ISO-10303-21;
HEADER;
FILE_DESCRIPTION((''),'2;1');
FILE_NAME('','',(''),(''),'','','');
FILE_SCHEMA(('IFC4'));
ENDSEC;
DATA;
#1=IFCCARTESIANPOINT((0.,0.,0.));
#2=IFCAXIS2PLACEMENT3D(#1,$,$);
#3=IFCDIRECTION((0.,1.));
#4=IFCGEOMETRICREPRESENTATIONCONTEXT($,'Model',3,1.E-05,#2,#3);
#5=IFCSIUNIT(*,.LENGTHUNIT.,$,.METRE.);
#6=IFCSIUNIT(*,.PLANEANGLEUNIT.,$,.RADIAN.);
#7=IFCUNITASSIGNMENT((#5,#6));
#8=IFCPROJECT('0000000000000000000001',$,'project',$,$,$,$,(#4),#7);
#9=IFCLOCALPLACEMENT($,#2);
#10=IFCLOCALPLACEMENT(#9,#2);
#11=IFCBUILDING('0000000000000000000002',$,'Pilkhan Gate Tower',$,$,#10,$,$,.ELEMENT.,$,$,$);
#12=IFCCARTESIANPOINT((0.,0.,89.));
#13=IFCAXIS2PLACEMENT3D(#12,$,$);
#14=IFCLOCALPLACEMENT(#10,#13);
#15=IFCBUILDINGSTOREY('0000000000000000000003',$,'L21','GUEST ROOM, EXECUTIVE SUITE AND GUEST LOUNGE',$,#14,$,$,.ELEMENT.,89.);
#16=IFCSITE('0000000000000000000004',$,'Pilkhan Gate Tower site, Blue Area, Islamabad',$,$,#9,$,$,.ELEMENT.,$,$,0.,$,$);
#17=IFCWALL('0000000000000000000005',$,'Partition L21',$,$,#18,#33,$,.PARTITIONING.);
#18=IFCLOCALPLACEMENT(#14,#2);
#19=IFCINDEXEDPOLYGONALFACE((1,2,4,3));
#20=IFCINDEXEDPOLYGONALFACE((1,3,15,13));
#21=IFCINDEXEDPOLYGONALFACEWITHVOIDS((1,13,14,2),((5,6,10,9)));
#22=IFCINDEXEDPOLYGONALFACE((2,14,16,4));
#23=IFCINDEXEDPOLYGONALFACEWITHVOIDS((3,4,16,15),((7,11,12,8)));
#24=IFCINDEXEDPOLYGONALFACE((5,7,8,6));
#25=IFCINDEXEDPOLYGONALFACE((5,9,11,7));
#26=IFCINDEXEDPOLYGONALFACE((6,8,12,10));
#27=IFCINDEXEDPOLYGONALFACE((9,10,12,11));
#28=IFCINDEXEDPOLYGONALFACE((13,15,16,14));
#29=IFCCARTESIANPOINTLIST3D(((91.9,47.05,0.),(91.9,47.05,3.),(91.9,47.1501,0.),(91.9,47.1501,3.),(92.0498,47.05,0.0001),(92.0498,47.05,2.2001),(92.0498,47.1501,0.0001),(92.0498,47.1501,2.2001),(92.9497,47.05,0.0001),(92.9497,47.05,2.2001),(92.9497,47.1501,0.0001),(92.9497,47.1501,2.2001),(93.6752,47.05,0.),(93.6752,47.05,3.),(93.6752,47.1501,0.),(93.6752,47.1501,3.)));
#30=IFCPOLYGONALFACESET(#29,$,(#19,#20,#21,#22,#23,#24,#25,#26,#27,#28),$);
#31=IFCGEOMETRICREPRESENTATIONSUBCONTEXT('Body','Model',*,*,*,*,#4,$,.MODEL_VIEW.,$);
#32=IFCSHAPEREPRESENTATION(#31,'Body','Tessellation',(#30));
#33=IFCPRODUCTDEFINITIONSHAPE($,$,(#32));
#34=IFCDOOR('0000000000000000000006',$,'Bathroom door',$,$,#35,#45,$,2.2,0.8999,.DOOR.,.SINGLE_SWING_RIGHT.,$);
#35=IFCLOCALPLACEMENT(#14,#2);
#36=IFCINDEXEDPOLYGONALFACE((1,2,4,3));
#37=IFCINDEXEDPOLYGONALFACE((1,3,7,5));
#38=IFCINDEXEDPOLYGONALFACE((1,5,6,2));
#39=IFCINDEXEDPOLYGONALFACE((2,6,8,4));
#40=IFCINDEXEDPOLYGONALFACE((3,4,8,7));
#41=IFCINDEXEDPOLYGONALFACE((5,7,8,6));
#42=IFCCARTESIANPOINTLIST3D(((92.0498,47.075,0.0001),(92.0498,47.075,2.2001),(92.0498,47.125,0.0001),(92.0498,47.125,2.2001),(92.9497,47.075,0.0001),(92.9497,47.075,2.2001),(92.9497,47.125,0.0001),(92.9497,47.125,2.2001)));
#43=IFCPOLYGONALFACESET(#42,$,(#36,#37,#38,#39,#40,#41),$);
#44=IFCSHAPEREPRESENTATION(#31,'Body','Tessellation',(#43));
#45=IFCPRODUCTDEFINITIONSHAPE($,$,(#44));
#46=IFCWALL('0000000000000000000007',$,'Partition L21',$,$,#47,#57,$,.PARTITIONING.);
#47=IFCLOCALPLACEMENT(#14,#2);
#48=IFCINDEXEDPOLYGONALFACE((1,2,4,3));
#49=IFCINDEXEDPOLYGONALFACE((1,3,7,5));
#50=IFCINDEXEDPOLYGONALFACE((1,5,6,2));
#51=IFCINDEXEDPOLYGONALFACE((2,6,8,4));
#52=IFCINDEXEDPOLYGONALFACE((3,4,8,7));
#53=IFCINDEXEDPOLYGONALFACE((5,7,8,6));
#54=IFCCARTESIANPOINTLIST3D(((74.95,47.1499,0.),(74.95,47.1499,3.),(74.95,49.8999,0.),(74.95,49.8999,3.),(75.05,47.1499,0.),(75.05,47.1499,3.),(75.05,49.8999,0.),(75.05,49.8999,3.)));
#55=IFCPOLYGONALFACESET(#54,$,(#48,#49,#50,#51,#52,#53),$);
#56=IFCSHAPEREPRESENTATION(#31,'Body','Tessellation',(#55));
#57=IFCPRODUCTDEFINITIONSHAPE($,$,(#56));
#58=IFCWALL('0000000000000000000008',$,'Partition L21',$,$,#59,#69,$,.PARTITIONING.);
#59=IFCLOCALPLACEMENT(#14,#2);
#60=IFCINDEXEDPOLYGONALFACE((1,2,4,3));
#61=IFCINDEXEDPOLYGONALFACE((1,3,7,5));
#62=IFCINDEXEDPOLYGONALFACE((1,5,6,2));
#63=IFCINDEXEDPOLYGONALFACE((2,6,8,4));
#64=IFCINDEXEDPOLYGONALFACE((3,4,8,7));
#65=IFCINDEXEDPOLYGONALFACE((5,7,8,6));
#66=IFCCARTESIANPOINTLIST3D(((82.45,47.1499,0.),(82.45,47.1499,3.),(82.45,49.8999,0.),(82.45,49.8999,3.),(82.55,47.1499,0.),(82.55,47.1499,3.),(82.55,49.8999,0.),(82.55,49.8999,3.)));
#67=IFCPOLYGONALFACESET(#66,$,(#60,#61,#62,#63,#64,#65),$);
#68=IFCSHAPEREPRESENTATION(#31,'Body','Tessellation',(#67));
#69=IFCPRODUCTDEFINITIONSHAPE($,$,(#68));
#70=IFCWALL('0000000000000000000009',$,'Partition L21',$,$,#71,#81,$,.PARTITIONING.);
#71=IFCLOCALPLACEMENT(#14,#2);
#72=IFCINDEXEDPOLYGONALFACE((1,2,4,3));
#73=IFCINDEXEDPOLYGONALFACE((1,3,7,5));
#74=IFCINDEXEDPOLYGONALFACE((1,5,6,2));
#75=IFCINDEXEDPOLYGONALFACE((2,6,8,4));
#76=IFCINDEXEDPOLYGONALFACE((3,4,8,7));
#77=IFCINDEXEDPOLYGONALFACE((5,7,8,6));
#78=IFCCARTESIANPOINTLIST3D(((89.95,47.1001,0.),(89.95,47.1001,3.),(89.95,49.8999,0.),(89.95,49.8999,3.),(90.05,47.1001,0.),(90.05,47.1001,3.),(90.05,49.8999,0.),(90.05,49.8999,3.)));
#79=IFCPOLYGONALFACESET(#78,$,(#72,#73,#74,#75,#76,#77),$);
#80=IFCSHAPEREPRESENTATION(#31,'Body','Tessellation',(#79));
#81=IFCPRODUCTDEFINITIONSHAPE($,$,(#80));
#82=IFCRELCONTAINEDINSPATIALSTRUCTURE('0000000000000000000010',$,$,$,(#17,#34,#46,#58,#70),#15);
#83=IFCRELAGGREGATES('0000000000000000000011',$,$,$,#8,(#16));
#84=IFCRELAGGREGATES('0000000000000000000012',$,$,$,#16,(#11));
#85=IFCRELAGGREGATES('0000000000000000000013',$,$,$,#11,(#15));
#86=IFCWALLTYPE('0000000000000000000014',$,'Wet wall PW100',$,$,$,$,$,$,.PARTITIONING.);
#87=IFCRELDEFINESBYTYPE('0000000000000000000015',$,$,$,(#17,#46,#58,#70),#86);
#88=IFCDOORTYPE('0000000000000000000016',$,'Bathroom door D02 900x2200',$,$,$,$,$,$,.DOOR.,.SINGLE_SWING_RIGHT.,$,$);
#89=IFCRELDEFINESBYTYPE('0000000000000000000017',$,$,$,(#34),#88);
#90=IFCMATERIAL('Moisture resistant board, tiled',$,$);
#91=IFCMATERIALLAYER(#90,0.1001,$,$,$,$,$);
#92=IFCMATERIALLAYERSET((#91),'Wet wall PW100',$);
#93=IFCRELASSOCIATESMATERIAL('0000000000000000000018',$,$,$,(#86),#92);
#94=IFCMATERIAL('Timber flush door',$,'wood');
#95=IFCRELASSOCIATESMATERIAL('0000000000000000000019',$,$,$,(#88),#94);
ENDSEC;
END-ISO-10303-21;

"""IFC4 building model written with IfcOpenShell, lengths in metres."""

from ifc_helpers import new_model, si_unit, direction, frame, frame_2d, origin, place, context, subcontext, project, spatial, rectangle, extrude, material, layer, layer_set, type_object, element, fill, save


model = new_model("IFC4")

# Units and contexts
model_context = context("Model", 3, precision=1e-05, world=origin(), true_north=direction((0.0, 1.0)))
body_context = subcontext(model_context, "Body", "Model", "MODEL_VIEW")
ifc_project = project(units=[si_unit("LENGTHUNIT", "METRE"), si_unit("PLANEANGLEUNIT", "RADIAN")], contexts=[model_context])

# Site, building, storey
site_placement = place(None, origin())
site = spatial("IfcSite", under=ifc_project, at=site_placement, Name="Pilkhan Gate Tower site, Blue Area, Islamabad", CompositionType="ELEMENT", RefElevation=0.0)
building_placement = place(site_placement, origin())
building = spatial("IfcBuilding", under=site, at=building_placement, Name="Pilkhan Gate Tower", CompositionType="ELEMENT")
storey_placement = place(building_placement, frame((0.0, 0.0, 89.0)))
storey = spatial("IfcBuildingStorey", under=building, at=storey_placement, Name="L21", Description="GUEST ROOM, EXECUTIVE SUITE AND GUEST LOUNGE", CompositionType="ELEMENT", Elevation=89.0)

# Shared definitions
ifc_material_1 = material(Name="Moisture resistant board, tiled")
ifc_layer_1 = layer(ifc_material_1, 0.1001)
ifc_layer_set_1 = layer_set([ifc_layer_1], Name="Wet wall PW100")
wall_type_1 = type_object("IfcWallType", Name="Wet wall PW100", PredefinedType="PARTITIONING", material=ifc_layer_set_1)

# Wall, opening, door
wall_1_placement = place(storey_placement, frame((91.8999, 47.1001, 0.0), z_axis=(0.0, 0.0, 1.0), x_axis=(1.0, 0.0, 0.0)))
wall_1 = element("IfcWall", 1, at=wall_1_placement, inside=storey, type_object=wall_type_1, Name="Partition L21", PredefinedType="PARTITIONING", context=body_context, shape_type="SweptSolid", body=[
    extrude(rectangle(XDim=1.7751, YDim=0.1001, at=frame_2d((0.8877, 0.0))), origin(), (0.0, 0.0, 1.0), 3.0),
])
opening_1_placement = place(wall_1_placement, frame((0.1499, 0.0, 0.0)))
opening_1 = element("IfcOpeningElement", 2, at=opening_1_placement, cuts=wall_1, PredefinedType="OPENING", context=body_context, shape_type="SweptSolid", body=[
    extrude(rectangle(XDim=0.8999, YDim=2.2, at=frame_2d((0.45, 1.1001))), frame((0.0, 0.0601, 0.0), z_axis=(0.0, -1.0, 0.0), x_axis=(1.0, 0.0, 0.0)), (0.0, 0.0, 1.0), 0.1201),
])
ifc_material_2 = material(Name="Timber flush door", Category="wood")
door_type_1 = type_object("IfcDoorType", Name="Bathroom door D02 900x2200", OperationType="SINGLE_SWING_RIGHT", PredefinedType="DOOR", material=ifc_material_2)
door_1_placement = place(opening_1_placement, origin())
door_1 = element("IfcDoor", 3, at=door_1_placement, inside=storey, type_object=door_type_1, Name="Bathroom door", OperationType="SINGLE_SWING_RIGHT", OverallHeight=2.2, OverallWidth=0.8999, PredefinedType="DOOR", context=body_context, shape_type="SweptSolid", body=[
    extrude(rectangle(XDim=0.8999, YDim=2.2, at=frame_2d((0.45, 1.1001))), frame((0.0, 0.0249, 0.0), z_axis=(0.0, -1.0, 0.0), x_axis=(1.0, 0.0, 0.0)), (0.0, 0.0, 1.0), 0.05),
])
fill(opening_1, door_1)

# Walls
for number, where, z_axis, x_axis, name in (
    (4, (75.0, 47.1499, 0.0), (0.0, 0.0, 1.0), (0.0, 1.0, 0.0), "Partition L21"),
    (5, (82.5, 47.1499, 0.0), (0.0, 0.0, 1.0), (0.0, 1.0, 0.0), "Partition L21"),
):
    element("IfcWall", number, at=place(storey_placement, frame(where, z_axis=z_axis, x_axis=x_axis)), inside=storey, type_object=wall_type_1, Name=name, PredefinedType="PARTITIONING", context=body_context, shape_type="SweptSolid", body=[
        extrude(rectangle(XDim=2.75, YDim=0.1001, at=frame_2d((1.375, 0.0))), origin(), (0.0, 0.0, 1.0), 3.0),
    ])
wall_2_placement = place(storey_placement, frame((90.0, 47.1001, 0.0), z_axis=(0.0, 0.0, 1.0), x_axis=(0.0, 1.0, 0.0)))
element("IfcWall", 6, at=wall_2_placement, inside=storey, type_object=wall_type_1, Name="Partition L21", PredefinedType="PARTITIONING", context=body_context, shape_type="SweptSolid", body=[
    extrude(rectangle(XDim=2.7998, YDim=0.1001, at=frame_2d((1.3999, 0.0))), origin(), (0.0, 0.0, 1.0), 3.0),
])

save(model, "model.ifc")
